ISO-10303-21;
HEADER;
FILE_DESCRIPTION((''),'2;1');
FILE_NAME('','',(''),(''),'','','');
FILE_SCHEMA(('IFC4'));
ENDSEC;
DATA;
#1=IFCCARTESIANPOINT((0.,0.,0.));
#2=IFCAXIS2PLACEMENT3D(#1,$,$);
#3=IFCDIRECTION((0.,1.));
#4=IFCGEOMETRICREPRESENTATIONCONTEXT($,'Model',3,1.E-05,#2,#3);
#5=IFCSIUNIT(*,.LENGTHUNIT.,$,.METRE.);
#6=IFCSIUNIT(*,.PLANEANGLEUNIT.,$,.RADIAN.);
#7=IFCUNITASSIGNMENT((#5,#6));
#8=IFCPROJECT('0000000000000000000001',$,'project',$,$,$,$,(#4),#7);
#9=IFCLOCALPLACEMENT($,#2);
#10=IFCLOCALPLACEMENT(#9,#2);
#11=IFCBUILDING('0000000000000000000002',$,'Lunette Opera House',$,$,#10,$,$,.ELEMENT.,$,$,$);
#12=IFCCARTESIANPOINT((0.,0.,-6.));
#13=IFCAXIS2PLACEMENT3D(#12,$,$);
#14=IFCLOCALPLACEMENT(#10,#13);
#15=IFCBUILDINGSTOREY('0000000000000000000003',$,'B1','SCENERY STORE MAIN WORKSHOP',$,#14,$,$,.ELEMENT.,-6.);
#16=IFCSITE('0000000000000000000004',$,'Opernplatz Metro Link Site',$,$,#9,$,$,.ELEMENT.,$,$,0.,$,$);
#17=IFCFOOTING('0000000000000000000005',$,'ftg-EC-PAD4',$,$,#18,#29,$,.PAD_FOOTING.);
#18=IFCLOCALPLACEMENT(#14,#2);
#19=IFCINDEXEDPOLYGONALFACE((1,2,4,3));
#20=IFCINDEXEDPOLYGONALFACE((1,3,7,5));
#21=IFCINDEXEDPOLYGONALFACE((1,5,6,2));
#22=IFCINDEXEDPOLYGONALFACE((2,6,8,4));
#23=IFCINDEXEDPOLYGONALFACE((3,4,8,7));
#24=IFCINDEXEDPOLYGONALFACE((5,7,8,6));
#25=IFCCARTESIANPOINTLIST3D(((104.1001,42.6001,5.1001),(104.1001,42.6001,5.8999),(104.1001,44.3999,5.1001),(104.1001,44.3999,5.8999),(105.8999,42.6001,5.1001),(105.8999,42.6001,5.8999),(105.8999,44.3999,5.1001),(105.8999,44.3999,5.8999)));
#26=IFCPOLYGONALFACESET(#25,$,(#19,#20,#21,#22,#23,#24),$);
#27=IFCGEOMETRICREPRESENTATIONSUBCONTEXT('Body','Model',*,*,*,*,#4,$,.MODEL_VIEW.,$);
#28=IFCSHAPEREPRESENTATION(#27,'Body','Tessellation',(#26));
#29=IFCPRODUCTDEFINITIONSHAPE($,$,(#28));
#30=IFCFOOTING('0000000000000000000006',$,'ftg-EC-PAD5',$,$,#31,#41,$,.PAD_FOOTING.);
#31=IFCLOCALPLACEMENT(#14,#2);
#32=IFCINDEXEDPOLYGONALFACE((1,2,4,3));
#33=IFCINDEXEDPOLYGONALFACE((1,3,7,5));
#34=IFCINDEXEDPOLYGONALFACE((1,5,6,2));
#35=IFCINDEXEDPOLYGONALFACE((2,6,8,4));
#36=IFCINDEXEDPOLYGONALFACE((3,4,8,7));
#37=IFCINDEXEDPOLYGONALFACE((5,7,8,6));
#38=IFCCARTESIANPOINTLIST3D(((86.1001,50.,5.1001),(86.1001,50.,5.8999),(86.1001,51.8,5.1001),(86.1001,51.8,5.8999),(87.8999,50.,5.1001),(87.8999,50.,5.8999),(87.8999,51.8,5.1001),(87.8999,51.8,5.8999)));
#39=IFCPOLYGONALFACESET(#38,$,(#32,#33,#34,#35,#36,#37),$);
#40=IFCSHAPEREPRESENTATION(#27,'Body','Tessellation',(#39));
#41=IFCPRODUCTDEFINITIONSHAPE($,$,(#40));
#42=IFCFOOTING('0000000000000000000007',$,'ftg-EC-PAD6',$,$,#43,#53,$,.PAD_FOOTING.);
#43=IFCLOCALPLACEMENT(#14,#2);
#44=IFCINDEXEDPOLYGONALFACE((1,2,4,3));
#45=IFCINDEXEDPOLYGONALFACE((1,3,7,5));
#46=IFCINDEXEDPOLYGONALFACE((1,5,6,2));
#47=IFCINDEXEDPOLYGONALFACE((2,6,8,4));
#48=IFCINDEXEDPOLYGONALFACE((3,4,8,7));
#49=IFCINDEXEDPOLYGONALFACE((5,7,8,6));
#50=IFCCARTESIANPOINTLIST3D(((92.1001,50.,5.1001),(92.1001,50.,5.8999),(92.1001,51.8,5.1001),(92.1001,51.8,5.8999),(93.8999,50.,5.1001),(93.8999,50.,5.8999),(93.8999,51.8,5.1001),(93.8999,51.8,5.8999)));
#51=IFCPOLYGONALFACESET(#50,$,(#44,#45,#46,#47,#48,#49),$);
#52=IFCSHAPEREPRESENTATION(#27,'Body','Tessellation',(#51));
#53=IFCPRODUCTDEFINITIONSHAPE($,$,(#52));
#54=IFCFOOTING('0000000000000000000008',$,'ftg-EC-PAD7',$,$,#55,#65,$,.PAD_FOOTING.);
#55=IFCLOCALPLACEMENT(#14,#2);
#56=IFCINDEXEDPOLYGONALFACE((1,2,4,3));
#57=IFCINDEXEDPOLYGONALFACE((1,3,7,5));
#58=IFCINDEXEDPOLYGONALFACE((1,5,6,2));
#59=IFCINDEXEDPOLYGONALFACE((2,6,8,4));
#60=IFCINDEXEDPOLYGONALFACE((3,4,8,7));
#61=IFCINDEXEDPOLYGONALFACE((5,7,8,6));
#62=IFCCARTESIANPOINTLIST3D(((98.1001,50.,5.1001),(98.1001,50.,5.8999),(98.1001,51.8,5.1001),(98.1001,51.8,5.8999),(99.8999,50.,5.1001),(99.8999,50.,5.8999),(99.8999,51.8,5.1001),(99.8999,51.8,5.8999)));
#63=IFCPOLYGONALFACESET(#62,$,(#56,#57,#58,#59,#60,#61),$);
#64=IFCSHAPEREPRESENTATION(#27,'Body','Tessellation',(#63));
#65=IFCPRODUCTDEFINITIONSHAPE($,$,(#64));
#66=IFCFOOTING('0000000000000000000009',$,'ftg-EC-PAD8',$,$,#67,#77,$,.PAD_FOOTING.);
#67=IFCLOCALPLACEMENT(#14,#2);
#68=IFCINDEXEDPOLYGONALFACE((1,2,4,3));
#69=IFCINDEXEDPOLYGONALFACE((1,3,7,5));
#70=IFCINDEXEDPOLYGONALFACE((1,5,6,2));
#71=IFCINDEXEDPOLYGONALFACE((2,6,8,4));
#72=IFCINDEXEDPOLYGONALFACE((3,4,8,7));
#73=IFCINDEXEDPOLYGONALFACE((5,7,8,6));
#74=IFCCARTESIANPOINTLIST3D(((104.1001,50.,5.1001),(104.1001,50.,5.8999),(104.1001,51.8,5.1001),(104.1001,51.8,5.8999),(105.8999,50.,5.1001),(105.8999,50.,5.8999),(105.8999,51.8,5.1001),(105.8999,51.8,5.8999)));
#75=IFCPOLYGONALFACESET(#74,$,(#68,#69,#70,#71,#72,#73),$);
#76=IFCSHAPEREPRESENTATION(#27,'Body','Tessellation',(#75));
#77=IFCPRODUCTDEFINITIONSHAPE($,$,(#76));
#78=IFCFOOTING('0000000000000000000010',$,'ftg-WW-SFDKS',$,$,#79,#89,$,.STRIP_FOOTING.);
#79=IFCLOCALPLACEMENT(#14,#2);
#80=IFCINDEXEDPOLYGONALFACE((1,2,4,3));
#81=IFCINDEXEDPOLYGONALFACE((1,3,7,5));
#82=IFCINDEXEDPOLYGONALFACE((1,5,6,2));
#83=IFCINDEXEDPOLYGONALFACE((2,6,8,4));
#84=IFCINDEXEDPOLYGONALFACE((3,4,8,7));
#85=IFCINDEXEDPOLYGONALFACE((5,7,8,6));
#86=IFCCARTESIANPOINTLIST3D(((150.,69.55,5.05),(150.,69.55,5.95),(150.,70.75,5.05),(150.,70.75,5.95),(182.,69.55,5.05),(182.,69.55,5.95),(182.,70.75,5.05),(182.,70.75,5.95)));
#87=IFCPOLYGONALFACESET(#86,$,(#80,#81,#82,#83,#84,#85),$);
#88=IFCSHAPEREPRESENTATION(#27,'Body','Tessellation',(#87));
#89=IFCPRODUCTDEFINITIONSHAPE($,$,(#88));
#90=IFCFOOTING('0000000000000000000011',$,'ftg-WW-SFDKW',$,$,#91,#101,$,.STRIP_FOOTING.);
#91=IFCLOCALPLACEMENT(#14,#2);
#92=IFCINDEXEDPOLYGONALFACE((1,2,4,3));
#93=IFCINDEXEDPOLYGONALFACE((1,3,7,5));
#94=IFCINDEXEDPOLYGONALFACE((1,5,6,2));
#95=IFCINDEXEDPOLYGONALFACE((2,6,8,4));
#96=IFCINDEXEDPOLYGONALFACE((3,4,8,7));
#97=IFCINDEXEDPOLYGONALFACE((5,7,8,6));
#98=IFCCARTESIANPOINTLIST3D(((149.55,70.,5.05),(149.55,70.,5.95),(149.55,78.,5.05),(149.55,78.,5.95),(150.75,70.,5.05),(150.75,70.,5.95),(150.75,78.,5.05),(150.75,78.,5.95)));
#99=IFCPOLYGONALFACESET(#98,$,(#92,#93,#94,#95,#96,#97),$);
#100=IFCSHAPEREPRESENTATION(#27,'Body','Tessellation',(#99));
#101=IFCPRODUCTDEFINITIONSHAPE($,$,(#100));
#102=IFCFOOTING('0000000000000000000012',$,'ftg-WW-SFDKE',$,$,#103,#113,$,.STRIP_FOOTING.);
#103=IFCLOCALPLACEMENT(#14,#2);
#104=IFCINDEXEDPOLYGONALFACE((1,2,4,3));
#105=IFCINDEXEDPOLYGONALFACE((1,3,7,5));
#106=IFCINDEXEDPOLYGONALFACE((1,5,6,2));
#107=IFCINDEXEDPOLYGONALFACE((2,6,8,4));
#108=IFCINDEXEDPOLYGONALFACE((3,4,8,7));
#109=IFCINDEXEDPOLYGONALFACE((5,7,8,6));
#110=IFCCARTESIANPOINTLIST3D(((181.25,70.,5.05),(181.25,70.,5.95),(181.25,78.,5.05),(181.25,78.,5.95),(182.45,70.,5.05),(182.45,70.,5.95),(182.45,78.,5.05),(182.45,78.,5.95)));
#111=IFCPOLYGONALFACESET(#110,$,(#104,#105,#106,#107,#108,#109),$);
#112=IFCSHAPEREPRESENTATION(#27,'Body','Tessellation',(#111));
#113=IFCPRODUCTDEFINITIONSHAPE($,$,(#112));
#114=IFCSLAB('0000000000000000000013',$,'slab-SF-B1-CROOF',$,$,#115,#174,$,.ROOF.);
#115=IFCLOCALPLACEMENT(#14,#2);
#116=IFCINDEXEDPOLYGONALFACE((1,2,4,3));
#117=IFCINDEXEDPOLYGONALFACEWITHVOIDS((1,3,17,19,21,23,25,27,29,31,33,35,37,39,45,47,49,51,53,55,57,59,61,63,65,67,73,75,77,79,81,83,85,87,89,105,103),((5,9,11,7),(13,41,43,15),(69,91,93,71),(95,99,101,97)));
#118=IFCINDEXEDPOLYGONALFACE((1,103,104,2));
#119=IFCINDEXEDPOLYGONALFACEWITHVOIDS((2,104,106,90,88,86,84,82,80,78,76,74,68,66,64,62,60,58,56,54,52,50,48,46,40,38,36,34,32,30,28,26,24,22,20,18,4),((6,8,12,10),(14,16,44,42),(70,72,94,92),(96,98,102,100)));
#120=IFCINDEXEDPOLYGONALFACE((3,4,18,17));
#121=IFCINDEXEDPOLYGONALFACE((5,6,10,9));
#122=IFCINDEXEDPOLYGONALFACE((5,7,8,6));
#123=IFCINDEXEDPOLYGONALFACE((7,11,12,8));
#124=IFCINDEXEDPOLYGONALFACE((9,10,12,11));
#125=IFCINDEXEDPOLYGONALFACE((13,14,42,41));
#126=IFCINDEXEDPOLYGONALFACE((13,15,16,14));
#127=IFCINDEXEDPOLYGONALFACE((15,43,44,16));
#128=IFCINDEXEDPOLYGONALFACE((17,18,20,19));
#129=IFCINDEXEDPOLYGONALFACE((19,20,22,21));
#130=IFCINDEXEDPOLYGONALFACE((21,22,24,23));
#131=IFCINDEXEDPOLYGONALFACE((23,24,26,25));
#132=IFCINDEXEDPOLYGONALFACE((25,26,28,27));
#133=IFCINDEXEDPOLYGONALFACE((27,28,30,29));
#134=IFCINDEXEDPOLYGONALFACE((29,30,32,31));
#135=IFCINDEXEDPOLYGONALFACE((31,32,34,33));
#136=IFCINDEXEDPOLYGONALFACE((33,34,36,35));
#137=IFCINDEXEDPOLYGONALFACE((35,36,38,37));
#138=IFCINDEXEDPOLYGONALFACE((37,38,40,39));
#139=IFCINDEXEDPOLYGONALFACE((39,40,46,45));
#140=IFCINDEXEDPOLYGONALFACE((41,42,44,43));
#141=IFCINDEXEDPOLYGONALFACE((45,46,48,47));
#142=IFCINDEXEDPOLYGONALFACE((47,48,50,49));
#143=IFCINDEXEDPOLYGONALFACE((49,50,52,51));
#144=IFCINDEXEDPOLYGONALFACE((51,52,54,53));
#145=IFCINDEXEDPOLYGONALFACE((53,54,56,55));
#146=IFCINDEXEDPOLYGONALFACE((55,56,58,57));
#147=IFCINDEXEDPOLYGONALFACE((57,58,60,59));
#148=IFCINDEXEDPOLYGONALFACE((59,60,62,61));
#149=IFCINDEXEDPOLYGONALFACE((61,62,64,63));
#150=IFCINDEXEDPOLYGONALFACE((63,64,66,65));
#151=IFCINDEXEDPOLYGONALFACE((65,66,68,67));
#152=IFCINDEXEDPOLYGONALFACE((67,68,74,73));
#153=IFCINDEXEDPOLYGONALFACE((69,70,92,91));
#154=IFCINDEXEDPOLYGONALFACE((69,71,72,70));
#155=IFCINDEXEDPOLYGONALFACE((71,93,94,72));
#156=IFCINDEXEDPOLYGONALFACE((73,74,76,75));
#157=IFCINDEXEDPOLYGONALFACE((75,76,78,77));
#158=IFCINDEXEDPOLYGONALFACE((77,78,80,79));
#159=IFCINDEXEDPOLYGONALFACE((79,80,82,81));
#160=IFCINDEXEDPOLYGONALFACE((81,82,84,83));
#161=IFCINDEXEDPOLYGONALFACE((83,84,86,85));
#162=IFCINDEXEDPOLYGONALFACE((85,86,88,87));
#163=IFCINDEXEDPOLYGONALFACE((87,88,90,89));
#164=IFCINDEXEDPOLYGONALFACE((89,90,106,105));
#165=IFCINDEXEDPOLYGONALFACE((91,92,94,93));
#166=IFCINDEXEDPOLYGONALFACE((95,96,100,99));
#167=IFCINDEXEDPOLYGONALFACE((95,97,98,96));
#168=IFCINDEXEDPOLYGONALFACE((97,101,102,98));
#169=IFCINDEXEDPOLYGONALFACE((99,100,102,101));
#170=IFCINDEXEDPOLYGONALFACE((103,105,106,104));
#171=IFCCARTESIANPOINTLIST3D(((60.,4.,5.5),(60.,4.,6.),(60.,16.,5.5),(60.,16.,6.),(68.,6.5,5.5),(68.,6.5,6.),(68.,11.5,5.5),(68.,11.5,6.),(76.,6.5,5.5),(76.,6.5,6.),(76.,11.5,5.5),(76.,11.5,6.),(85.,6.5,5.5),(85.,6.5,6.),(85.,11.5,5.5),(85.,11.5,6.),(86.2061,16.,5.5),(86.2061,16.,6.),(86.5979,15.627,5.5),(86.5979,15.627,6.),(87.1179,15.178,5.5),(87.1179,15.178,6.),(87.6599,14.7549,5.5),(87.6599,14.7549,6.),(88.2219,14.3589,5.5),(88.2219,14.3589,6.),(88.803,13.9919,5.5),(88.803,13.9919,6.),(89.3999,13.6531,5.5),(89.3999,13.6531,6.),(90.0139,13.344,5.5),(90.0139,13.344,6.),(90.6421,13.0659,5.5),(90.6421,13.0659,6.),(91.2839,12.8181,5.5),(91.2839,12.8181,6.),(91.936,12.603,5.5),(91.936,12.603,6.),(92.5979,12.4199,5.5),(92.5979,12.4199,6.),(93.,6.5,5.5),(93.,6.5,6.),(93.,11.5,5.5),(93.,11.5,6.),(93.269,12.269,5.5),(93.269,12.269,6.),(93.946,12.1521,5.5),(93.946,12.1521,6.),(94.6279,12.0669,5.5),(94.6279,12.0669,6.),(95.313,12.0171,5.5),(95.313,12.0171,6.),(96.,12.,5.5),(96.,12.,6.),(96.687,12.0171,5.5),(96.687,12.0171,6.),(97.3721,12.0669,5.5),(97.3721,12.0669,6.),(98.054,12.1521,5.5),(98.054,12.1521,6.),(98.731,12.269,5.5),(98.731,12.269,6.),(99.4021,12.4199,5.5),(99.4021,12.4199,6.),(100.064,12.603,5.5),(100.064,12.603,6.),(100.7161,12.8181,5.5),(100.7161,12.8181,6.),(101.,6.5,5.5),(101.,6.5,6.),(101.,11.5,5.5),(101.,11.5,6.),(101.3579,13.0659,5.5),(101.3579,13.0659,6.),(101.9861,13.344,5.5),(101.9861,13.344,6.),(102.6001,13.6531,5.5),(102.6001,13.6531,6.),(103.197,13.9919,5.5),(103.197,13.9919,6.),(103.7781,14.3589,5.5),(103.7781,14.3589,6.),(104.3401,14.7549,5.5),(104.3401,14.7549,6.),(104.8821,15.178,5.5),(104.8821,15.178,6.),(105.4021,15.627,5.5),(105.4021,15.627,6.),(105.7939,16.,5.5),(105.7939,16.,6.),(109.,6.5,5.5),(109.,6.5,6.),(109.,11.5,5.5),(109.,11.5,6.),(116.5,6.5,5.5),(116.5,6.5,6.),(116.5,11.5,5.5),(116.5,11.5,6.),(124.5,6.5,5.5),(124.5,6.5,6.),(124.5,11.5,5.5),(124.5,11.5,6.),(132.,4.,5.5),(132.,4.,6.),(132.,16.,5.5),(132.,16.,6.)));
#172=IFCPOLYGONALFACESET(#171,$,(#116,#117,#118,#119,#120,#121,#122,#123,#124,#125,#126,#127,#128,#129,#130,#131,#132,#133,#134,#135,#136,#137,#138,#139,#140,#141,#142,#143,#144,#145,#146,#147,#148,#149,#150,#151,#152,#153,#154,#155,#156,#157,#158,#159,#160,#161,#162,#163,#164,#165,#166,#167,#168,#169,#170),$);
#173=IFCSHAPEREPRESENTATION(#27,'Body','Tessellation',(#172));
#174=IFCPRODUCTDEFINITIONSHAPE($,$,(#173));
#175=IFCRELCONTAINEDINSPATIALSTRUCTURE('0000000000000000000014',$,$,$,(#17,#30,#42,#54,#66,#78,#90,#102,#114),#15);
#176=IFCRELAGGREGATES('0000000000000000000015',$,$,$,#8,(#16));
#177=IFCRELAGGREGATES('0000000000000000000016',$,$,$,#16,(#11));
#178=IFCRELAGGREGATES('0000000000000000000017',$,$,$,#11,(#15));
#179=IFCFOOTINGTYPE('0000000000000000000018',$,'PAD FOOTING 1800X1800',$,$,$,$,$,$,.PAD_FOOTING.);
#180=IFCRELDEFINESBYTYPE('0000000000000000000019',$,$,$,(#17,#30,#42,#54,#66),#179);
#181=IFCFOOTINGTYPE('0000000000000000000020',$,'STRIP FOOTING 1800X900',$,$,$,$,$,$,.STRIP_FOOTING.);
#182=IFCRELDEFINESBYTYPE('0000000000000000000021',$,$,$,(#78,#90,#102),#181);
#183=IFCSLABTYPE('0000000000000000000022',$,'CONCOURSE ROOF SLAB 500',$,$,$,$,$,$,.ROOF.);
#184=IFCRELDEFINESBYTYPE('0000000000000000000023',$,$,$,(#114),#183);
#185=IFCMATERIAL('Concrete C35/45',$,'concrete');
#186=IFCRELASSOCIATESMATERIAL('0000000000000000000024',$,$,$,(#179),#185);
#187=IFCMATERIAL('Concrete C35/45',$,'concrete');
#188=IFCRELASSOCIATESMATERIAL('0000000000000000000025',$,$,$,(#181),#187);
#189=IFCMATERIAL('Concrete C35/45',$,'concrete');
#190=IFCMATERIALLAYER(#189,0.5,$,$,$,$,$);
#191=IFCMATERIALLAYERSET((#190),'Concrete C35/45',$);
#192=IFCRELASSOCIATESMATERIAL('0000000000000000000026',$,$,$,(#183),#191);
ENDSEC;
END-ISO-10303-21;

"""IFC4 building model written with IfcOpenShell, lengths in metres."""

from ifc_helpers import new_model, si_unit, direction, frame, origin, place, context, subcontext, project, spatial, polyline, outline, extrude, material, layer, layer_set, type_object, element, save


model = new_model("IFC4")

# Units and contexts
model_context = context("Model", 3, precision=1e-05, world=origin(), true_north=direction((0.0, 1.0)))
body_context = subcontext(model_context, "Body", "Model", "MODEL_VIEW")
ifc_project = project(units=[si_unit("LENGTHUNIT", "METRE"), si_unit("PLANEANGLEUNIT", "RADIAN")], contexts=[model_context])

# Site, building, storey
site_placement = place(None, origin())
site = spatial("IfcSite", under=ifc_project, at=site_placement, Name="Opernplatz Metro Link Site", CompositionType="ELEMENT", RefElevation=0.0)
building_placement = place(site_placement, origin())
building = spatial("IfcBuilding", under=site, at=building_placement, Name="Lunette Opera House", CompositionType="ELEMENT")
storey_placement = place(building_placement, frame((0.0, 0.0, -6.0)))
storey = spatial("IfcBuildingStorey", under=building, at=storey_placement, Name="B1", Description="SCENERY STORE MAIN WORKSHOP", CompositionType="ELEMENT", Elevation=-6.0)

# Footings
ifc_material_1 = material(Name="Concrete C35/45", Category="concrete")
footing_type_1 = type_object("IfcFootingType", Name="PAD FOOTING 1800X1800", PredefinedType="PAD_FOOTING", material=ifc_material_1)
footing_1_placement = place(storey_placement, frame((0.0, 0.0, 5.1001)))
element("IfcFooting", 1, at=footing_1_placement, inside=storey, type_object=footing_type_1, Name="ftg-EC-PAD4", PredefinedType="PAD_FOOTING", context=body_context, shape_type="SweptSolid", body=[
    extrude(outline(polyline([(105.8999, 42.6001), (105.8999, 44.3999), (104.1001, 44.3999), (104.1001, 42.6001), (105.8999, 42.6001)])), origin(), (0.0, 0.0, 1.0), 0.7998),
])
footing_2_placement = place(storey_placement, frame((0.0, 0.0, 5.1001)))
element("IfcFooting", 2, at=footing_2_placement, inside=storey, type_object=footing_type_1, Name="ftg-EC-PAD5", PredefinedType="PAD_FOOTING", context=body_context, shape_type="SweptSolid", body=[
    extrude(outline(polyline([(87.8999, 50.0), (87.8999, 51.8), (86.1001, 51.8), (86.1001, 50.0), (87.8999, 50.0)])), origin(), (0.0, 0.0, 1.0), 0.7998),
])
footing_3_placement = place(storey_placement, frame((0.0, 0.0, 5.1001)))
element("IfcFooting", 3, at=footing_3_placement, inside=storey, type_object=footing_type_1, Name="ftg-EC-PAD6", PredefinedType="PAD_FOOTING", context=body_context, shape_type="SweptSolid", body=[
    extrude(outline(polyline([(93.8999, 50.0), (93.8999, 51.8), (92.1001, 51.8), (92.1001, 50.0), (93.8999, 50.0)])), origin(), (0.0, 0.0, 1.0), 0.7998),
])
footing_4_placement = place(storey_placement, frame((0.0, 0.0, 5.1001)))
element("IfcFooting", 4, at=footing_4_placement, inside=storey, type_object=footing_type_1, Name="ftg-EC-PAD7", PredefinedType="PAD_FOOTING", context=body_context, shape_type="SweptSolid", body=[
    extrude(outline(polyline([(99.8999, 50.0), (99.8999, 51.8), (98.1001, 51.8), (98.1001, 50.0), (99.8999, 50.0)])), origin(), (0.0, 0.0, 1.0), 0.7998),
])
footing_5_placement = place(storey_placement, frame((0.0, 0.0, 5.1001)))
element("IfcFooting", 5, at=footing_5_placement, inside=storey, type_object=footing_type_1, Name="ftg-EC-PAD8", PredefinedType="PAD_FOOTING", context=body_context, shape_type="SweptSolid", body=[
    extrude(outline(polyline([(105.8999, 50.0), (105.8999, 51.8), (104.1001, 51.8), (104.1001, 50.0), (105.8999, 50.0)])), origin(), (0.0, 0.0, 1.0), 0.7998),
])
ifc_material_2 = material(Name="Concrete C35/45", Category="concrete")
footing_type_2 = type_object("IfcFootingType", Name="STRIP FOOTING 1800X900", PredefinedType="STRIP_FOOTING", material=ifc_material_2)
footing_6_placement = place(storey_placement, frame((0.0, 0.0, 5.05)))
element("IfcFooting", 6, at=footing_6_placement, inside=storey, type_object=footing_type_2, Name="ftg-WW-SFDKS", PredefinedType="STRIP_FOOTING", context=body_context, shape_type="SweptSolid", body=[
    extrude(outline(polyline([(150.0, 70.75), (150.0, 69.55), (182.0, 69.55), (182.0, 70.75), (150.0, 70.75)])), origin(), (0.0, 0.0, 1.0), 0.8999),
])
footing_7_placement = place(storey_placement, frame((0.0, 0.0, 5.05)))
element("IfcFooting", 7, at=footing_7_placement, inside=storey, type_object=footing_type_2, Name="ftg-WW-SFDKW", PredefinedType="STRIP_FOOTING", context=body_context, shape_type="SweptSolid", body=[
    extrude(outline(polyline([(149.55, 70.0), (150.75, 70.0), (150.75, 78.0), (149.55, 78.0), (149.55, 70.0)])), origin(), (0.0, 0.0, 1.0), 0.8999),
])
footing_8_placement = place(storey_placement, frame((0.0, 0.0, 5.05)))
element("IfcFooting", 8, at=footing_8_placement, inside=storey, type_object=footing_type_2, Name="ftg-WW-SFDKE", PredefinedType="STRIP_FOOTING", context=body_context, shape_type="SweptSolid", body=[
    extrude(outline(polyline([(181.25, 70.0), (182.45, 70.0), (182.45, 78.0), (181.25, 78.0), (181.25, 70.0)])), origin(), (0.0, 0.0, 1.0), 0.8999),
])

# Slab
ifc_material_3 = material(Name="Concrete C35/45", Category="concrete")
ifc_layer_1 = layer(ifc_material_3, 0.5)
ifc_layer_set_1 = layer_set([ifc_layer_1], Name="Concrete C35/45")
slab_type_1 = type_object("IfcSlabType", Name="CONCOURSE ROOF SLAB 500", PredefinedType="ROOF", material=ifc_layer_set_1)
slab_1_placement = place(storey_placement, frame((0.0, 0.0, 5.5)))
element("IfcSlab", 9, at=slab_1_placement, inside=storey, type_object=slab_type_1, Name="slab-SF-B1-CROOF", PredefinedType="ROOF", context=body_context, shape_type="SweptSolid", body=[
    extrude(outline(polyline([(132.0, 16.0), (105.7939, 16.0), (105.4021, 15.627), (104.8821, 15.178), (104.3401, 14.7549), (103.7781, 14.3589), (103.197, 13.9919), (102.6001, 13.6531), (101.9861, 13.344), (101.3579, 13.0659), (100.7161, 12.8181), (100.064, 12.603), (99.4021, 12.4199), (98.731, 12.269), (98.054, 12.1521), (97.3721, 12.0669), (96.687, 12.0171), (96.0, 12.0), (95.313, 12.0171), (94.6279, 12.0669), (93.946, 12.1521), (93.269, 12.269), (92.5979, 12.4199), (91.936, 12.603), (91.2839, 12.8181), (90.6421, 13.0659), (90.0139, 13.344), (89.3999, 13.6531), (88.803, 13.9919), (88.2219, 14.3589), (87.6599, 14.7549), (87.1179, 15.178), (86.5979, 15.627), (86.2061, 16.0), (60.0, 16.0), (60.0, 4.0), (132.0, 4.0), (132.0, 16.0)]), holes=[polyline([(68.0, 6.5), (76.0, 6.5), (76.0, 11.5), (68.0, 11.5), (68.0, 6.5)]), polyline([(85.0, 6.5), (93.0, 6.5), (93.0, 11.5), (85.0, 11.5), (85.0, 6.5)]), polyline([(101.0, 6.5), (109.0, 6.5), (109.0, 11.5), (101.0, 11.5), (101.0, 6.5)]), polyline([(116.5, 6.5), (124.5, 6.5), (124.5, 11.5), (116.5, 11.5), (116.5, 6.5)])]), origin(), (0.0, 0.0, 1.0), 0.5),
])

save(model, "model.ifc")
